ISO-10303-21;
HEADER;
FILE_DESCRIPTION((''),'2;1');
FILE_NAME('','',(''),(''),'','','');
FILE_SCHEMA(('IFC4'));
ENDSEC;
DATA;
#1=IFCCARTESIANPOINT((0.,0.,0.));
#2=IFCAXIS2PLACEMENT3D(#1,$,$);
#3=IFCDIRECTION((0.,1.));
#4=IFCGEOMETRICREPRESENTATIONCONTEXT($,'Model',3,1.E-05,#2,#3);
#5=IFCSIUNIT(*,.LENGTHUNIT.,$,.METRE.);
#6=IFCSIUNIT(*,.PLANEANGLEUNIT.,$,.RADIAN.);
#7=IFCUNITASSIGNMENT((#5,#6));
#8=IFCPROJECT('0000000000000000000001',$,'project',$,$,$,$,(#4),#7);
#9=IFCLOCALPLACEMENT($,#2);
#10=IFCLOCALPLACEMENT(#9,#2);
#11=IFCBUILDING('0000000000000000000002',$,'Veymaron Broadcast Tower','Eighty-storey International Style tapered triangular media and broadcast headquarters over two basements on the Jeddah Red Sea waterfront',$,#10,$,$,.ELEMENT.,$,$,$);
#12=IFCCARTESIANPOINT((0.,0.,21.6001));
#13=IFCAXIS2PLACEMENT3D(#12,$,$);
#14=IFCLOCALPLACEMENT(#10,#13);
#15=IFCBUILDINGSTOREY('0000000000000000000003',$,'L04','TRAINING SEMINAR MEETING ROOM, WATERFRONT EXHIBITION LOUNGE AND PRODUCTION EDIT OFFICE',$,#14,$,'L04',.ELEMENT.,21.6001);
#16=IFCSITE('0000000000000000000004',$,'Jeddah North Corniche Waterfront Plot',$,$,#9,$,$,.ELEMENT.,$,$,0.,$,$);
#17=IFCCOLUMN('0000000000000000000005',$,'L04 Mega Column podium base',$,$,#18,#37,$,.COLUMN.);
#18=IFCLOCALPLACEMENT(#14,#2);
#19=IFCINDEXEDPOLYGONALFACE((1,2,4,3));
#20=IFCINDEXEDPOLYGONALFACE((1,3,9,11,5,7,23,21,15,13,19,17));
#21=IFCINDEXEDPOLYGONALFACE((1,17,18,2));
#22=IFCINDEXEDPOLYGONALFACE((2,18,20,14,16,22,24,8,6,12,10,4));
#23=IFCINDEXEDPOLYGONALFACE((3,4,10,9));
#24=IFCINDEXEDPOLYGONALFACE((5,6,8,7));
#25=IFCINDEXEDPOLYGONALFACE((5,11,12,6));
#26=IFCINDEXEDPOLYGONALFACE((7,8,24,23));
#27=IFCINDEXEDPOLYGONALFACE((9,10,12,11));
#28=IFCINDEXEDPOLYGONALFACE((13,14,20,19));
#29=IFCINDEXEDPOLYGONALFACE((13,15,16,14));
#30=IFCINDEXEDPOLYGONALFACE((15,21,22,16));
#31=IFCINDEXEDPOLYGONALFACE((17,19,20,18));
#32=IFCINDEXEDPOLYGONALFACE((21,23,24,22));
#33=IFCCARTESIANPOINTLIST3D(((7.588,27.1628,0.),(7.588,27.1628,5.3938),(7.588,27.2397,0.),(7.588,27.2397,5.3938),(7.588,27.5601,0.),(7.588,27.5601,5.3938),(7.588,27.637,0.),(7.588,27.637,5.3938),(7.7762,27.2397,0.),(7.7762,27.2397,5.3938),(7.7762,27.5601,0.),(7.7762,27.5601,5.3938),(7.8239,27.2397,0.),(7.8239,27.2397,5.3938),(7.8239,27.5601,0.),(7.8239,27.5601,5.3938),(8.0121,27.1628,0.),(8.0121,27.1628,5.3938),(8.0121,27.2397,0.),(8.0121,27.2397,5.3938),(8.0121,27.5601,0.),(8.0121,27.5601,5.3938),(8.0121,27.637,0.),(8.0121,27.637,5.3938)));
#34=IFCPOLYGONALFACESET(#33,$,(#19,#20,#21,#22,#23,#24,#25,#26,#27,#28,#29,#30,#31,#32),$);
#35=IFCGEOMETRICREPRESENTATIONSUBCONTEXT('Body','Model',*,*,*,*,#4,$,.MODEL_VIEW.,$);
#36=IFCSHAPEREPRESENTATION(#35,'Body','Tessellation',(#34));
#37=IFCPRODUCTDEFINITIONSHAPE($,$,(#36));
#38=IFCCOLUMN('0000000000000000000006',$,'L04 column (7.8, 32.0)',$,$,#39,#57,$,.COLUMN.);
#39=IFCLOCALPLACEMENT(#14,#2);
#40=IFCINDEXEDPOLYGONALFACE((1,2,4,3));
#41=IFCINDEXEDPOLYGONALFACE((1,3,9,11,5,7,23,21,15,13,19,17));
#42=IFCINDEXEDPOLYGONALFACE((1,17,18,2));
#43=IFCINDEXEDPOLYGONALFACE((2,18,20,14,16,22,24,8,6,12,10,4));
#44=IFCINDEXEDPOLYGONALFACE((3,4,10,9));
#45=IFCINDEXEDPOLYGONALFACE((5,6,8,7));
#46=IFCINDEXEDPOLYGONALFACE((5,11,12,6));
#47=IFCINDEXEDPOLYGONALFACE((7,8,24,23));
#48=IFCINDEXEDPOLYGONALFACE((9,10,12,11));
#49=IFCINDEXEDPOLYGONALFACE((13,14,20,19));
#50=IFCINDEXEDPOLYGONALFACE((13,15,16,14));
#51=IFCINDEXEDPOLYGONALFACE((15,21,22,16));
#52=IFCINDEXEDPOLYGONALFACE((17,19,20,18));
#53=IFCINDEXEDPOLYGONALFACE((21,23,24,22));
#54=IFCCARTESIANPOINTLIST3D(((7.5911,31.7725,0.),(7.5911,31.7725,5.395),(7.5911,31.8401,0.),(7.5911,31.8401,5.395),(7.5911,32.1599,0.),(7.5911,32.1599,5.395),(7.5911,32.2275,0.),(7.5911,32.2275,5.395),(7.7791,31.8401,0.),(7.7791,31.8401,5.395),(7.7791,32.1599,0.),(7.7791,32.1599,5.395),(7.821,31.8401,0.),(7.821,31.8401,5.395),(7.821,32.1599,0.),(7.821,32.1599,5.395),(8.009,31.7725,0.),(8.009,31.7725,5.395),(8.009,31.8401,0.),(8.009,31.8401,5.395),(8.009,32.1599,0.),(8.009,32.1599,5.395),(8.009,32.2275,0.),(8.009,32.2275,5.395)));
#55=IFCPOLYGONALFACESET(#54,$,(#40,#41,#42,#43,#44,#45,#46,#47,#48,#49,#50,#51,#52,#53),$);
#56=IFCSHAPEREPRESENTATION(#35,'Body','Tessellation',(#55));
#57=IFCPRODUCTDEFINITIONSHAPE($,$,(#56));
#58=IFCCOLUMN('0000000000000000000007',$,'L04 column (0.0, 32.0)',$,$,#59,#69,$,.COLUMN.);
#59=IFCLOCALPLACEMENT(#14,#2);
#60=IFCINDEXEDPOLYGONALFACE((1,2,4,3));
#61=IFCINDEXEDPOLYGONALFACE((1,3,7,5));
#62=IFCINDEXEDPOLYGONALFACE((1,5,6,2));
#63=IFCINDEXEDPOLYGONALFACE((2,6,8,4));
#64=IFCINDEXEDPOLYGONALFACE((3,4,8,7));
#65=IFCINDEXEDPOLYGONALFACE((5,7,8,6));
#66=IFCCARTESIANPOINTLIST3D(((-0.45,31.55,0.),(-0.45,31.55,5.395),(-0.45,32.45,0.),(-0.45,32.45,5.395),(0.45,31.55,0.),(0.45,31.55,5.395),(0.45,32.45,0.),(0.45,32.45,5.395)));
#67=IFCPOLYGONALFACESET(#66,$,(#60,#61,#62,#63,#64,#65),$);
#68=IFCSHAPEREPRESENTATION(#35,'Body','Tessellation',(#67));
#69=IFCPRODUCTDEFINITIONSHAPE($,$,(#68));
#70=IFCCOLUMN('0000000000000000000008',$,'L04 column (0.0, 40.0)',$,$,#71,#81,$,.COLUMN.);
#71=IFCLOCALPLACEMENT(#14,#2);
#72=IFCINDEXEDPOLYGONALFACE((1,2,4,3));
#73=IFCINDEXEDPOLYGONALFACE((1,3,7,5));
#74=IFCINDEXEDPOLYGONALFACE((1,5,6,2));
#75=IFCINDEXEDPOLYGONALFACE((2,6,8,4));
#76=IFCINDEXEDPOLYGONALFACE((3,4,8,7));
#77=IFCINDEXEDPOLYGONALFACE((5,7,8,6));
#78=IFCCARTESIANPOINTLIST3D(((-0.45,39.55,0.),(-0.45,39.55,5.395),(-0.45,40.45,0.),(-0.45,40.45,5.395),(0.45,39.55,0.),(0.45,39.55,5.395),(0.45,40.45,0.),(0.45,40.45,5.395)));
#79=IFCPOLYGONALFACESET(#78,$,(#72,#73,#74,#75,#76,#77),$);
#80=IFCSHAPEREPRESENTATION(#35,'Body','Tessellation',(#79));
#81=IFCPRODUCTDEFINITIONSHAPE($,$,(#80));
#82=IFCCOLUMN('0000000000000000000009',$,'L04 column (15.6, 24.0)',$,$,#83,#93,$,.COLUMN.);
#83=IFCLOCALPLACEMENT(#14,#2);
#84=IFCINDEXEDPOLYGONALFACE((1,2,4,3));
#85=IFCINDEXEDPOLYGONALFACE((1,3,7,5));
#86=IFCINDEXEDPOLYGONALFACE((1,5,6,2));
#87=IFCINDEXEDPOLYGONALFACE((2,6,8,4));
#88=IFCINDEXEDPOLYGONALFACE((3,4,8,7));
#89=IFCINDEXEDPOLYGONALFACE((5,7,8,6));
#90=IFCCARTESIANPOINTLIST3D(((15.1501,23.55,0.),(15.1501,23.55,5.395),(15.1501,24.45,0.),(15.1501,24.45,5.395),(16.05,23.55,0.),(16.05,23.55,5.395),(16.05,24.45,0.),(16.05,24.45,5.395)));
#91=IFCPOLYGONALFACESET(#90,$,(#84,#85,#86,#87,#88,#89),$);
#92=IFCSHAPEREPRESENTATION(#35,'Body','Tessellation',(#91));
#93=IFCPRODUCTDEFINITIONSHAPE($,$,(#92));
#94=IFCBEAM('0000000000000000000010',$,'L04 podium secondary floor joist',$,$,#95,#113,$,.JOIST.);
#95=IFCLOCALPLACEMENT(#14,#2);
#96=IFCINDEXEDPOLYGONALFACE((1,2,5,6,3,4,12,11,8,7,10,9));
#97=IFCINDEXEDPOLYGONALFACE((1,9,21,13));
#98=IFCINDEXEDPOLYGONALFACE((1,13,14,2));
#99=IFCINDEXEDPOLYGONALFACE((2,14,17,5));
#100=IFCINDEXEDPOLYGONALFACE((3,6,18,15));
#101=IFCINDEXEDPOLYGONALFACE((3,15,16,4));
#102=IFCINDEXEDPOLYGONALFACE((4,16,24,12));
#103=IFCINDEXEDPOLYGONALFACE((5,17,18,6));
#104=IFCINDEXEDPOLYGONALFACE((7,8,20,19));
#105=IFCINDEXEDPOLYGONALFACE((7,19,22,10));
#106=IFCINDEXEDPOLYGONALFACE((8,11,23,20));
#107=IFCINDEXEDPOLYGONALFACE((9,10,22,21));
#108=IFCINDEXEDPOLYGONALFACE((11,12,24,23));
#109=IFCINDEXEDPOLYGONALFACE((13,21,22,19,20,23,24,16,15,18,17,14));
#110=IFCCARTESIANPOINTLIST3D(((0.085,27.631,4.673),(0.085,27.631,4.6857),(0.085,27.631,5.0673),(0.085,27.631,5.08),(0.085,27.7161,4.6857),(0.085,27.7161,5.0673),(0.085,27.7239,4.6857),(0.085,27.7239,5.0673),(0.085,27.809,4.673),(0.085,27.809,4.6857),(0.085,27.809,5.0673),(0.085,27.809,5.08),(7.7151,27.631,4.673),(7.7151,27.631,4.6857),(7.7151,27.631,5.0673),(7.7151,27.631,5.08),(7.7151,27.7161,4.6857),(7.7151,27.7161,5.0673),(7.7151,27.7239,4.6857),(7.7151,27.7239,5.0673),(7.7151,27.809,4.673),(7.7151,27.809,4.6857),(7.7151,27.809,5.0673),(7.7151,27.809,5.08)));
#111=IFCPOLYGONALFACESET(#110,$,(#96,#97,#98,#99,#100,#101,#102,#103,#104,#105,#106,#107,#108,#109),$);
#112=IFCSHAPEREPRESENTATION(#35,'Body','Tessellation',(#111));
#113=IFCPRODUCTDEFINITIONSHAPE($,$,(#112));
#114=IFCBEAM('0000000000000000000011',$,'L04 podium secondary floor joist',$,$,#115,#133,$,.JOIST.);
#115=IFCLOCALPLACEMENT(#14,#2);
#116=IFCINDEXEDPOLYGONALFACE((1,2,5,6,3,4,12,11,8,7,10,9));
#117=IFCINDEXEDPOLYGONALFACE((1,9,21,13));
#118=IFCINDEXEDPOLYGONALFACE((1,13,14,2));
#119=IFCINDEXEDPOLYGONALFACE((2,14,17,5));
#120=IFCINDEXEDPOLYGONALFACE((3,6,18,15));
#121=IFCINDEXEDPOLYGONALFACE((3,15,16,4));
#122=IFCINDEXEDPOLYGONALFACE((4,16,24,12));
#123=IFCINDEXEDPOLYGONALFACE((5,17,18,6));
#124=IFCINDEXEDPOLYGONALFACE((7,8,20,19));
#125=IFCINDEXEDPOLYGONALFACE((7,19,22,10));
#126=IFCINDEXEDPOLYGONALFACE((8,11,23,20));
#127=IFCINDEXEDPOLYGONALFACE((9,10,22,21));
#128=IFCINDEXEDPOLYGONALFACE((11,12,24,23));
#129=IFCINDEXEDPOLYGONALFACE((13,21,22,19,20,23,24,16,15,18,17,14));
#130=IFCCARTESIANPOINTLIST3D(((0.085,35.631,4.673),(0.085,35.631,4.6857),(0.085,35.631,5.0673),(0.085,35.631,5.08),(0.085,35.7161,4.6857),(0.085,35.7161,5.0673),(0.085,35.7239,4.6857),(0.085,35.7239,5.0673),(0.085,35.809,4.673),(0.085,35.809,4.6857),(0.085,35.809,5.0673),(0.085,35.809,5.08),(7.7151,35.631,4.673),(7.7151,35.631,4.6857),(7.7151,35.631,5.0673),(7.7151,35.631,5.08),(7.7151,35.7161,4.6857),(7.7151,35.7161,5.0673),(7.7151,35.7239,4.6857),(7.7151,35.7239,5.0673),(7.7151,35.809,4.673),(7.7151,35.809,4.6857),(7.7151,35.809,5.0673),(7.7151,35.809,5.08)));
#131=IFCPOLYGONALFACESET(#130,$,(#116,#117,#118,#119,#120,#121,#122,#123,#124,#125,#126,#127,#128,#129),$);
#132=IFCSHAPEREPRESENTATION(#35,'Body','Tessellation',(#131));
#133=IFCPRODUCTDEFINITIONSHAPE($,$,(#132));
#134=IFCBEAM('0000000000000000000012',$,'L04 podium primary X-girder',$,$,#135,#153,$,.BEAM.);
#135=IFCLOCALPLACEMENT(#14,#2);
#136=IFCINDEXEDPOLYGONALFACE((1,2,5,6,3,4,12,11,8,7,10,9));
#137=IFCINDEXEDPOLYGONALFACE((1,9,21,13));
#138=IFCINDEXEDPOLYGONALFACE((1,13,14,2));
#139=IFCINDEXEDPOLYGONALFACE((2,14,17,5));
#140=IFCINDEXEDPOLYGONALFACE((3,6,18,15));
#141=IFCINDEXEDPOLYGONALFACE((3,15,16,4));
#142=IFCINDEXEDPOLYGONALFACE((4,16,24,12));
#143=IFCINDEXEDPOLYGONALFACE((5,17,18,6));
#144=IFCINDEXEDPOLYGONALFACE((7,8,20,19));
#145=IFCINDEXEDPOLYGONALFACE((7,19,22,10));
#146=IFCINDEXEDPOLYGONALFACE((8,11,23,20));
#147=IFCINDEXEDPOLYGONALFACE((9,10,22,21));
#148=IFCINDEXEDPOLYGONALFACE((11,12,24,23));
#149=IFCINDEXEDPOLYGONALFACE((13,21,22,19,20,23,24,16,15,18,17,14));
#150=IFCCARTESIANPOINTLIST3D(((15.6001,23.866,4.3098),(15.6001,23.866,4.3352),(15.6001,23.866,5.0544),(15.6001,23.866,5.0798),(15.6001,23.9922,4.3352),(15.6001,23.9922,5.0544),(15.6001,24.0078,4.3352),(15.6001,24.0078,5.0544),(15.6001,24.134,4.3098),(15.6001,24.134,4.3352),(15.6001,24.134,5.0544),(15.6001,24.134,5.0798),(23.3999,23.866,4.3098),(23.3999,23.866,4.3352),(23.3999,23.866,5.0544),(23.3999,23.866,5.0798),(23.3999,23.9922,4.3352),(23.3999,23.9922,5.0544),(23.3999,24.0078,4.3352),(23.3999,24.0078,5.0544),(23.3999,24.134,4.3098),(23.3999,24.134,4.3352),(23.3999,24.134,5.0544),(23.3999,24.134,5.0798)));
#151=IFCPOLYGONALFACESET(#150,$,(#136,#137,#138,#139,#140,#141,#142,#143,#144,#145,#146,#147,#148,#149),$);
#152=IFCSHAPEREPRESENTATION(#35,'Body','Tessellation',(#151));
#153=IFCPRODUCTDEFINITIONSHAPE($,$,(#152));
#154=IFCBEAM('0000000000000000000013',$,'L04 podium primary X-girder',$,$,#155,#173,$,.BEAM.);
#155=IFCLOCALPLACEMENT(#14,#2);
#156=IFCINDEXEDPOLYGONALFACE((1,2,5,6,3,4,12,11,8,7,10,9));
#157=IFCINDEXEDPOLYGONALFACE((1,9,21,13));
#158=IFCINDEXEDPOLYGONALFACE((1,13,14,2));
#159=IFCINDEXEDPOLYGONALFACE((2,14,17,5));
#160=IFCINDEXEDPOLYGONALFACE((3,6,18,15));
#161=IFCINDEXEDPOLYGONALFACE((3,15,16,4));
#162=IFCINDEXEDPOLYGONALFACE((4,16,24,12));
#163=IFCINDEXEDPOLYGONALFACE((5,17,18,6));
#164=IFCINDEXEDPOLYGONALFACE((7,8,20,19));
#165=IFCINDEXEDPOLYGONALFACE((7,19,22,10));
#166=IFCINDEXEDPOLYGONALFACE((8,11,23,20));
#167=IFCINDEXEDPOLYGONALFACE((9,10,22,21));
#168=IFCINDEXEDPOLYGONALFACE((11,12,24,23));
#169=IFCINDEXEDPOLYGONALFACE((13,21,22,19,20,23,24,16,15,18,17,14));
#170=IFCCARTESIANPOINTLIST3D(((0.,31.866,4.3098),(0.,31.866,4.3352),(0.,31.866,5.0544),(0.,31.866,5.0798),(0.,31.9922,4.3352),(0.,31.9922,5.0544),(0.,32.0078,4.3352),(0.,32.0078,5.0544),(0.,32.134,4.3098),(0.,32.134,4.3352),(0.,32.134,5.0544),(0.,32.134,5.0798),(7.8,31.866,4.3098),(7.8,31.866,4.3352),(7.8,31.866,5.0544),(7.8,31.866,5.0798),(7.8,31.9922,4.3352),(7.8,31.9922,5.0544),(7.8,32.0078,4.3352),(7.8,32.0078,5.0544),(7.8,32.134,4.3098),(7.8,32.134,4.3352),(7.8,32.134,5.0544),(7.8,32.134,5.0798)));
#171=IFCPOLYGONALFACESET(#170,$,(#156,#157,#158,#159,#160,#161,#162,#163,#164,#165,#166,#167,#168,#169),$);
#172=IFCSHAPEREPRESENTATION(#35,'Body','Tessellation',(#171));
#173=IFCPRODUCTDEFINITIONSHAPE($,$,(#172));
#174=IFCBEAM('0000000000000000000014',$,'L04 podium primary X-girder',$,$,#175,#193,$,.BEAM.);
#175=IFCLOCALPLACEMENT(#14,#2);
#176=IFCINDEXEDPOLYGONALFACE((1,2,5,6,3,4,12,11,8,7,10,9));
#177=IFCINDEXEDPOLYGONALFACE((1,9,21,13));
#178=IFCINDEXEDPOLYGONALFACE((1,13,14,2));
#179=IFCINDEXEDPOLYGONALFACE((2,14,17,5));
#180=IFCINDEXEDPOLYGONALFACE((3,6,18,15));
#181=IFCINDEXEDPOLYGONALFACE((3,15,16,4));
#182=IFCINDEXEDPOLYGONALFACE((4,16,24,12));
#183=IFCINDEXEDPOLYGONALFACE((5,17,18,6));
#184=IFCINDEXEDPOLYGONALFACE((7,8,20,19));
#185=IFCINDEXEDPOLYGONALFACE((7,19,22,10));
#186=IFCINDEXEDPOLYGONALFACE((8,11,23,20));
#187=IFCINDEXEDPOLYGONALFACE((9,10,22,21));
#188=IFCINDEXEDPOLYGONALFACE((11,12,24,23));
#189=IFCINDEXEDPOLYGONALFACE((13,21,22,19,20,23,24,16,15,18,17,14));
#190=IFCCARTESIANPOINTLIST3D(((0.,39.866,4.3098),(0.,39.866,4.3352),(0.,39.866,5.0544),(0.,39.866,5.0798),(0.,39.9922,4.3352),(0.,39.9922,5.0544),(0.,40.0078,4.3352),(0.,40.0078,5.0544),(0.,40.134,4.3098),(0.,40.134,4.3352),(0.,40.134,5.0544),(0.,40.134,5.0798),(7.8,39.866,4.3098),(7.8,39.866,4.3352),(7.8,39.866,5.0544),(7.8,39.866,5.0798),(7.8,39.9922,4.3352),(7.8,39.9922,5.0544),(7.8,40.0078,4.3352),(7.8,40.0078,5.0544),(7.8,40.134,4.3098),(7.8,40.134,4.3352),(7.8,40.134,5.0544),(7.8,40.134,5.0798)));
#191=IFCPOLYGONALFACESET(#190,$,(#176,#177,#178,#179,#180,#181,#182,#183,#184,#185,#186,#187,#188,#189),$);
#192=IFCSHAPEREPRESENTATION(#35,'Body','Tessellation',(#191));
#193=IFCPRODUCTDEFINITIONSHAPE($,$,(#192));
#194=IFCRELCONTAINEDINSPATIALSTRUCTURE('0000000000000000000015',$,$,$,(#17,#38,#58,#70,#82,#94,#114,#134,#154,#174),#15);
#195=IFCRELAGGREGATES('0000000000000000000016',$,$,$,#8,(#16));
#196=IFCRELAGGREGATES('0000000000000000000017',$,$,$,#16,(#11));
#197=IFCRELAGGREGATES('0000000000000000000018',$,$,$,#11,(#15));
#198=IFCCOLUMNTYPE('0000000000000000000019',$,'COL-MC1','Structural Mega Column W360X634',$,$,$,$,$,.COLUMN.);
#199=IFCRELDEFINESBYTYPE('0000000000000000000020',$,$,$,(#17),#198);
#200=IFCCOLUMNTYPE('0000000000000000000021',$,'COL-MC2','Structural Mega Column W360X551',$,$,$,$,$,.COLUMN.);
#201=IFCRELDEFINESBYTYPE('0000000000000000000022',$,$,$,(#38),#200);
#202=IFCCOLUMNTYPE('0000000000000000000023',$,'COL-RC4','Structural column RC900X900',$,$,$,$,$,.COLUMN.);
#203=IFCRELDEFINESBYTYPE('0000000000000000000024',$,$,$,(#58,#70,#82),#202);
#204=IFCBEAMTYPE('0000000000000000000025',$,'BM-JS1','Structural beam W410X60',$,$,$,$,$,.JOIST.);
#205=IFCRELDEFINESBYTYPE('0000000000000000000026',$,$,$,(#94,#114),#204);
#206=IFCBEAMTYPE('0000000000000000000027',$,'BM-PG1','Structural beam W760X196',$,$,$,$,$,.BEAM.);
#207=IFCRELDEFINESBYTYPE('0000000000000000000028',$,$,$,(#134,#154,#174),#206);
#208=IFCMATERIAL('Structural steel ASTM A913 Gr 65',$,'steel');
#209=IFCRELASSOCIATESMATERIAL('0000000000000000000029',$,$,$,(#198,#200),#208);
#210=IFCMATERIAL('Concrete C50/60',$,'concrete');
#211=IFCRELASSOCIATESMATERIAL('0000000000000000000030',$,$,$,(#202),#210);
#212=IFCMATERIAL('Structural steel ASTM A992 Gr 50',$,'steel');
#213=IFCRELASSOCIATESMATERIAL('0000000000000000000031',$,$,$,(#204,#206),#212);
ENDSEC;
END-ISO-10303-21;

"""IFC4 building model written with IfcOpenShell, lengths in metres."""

from ifc_helpers import new_model, si_unit, direction, frame, origin, origin_2d, place, context, subcontext, project, spatial, rectangle, i_section, extrude, material, material_profile, profile_set, type_object, element, save


model = new_model("IFC4")

# Units and contexts
model_context = context("Model", 3, precision=1e-05, world=origin(), true_north=direction((0.0, 1.0)))
body_context = subcontext(model_context, "Body", "Model", "MODEL_VIEW")
ifc_project = project(units=[si_unit("LENGTHUNIT", "METRE"), si_unit("PLANEANGLEUNIT", "RADIAN")], contexts=[model_context])

# Site, building, storey
site_placement = place(None, origin())
site = spatial("IfcSite", under=ifc_project, at=site_placement, Name="Jeddah North Corniche Waterfront Plot", CompositionType="ELEMENT", RefElevation=0.0)
building_placement = place(site_placement, origin())
building = spatial("IfcBuilding", under=site, at=building_placement, Name="Veymaron Broadcast Tower", Description="Eighty-storey International Style tapered triangular media and broadcast headquarters over two basements on the Jeddah Red Sea waterfront", CompositionType="ELEMENT")
storey_placement = place(building_placement, frame((0.0, 0.0, 21.6001)))
storey = spatial("IfcBuildingStorey", under=building, at=storey_placement, Name="L04", Description="TRAINING SEMINAR MEETING ROOM, WATERFRONT EXHIBITION LOUNGE AND PRODUCTION EDIT OFFICE", LongName="L04", CompositionType="ELEMENT", Elevation=21.6001)

# Columns
ifc_material_1 = material(Name="Structural steel ASTM A913 Gr 65", Category="steel")
ifc_material_profile_1 = material_profile(ifc_material_1, i_section(OverallWidth=0.4241, OverallDepth=0.4741, WebThickness=0.0476, FlangeThickness=0.0769, at=origin_2d()), Name="W360X634")
ifc_profile_set_1 = profile_set([ifc_material_profile_1], Name="Structural steel ASTM A913 Gr 65")
column_type_1 = type_object("IfcColumnType", Name="COL-MC1", Description="Structural Mega Column W360X634", PredefinedType="COLUMN", material=ifc_profile_set_1)
column_1_placement = place(storey_placement, frame((7.8, 27.3999, 0.0), z_axis=(0.0, 0.0, 1.0), x_axis=(1.0, 0.0, 0.0)))
element("IfcColumn", 1, at=column_1_placement, inside=storey, type_object=column_type_1, Name="L04 Mega Column podium base", PredefinedType="COLUMN", context=body_context, shape_type="SweptSolid", body=[
    extrude(i_section(OverallWidth=0.4241, OverallDepth=0.4741, WebThickness=0.0476, FlangeThickness=0.0769, at=origin_2d()), origin(), (0.0, 0.0, 1.0), 5.3938),
])
ifc_material_profile_2 = material_profile(ifc_material_1, i_section(OverallWidth=0.418, OverallDepth=0.4551, WebThickness=0.042, FlangeThickness=0.0676, at=origin_2d()), Name="W360X551")
ifc_profile_set_2 = profile_set([ifc_material_profile_2], Name="Structural steel ASTM A913 Gr 65")
column_type_2 = type_object("IfcColumnType", Name="COL-MC2", Description="Structural Mega Column W360X551", PredefinedType="COLUMN", material=ifc_profile_set_2)
column_2_placement = place(storey_placement, frame((7.8, 32.0, 0.0), z_axis=(0.0, 0.0, 1.0), x_axis=(1.0, 0.0, 0.0)))
element("IfcColumn", 2, at=column_2_placement, inside=storey, type_object=column_type_2, Name="L04 column (7.8, 32.0)", PredefinedType="COLUMN", context=body_context, shape_type="SweptSolid", body=[
    extrude(i_section(OverallWidth=0.418, OverallDepth=0.4551, WebThickness=0.042, FlangeThickness=0.0676, at=origin_2d()), origin(), (0.0, 0.0, 1.0), 5.395),
])
ifc_material_2 = material(Name="Concrete C50/60", Category="concrete")
ifc_material_profile_3 = material_profile(ifc_material_2, rectangle(XDim=0.8999, YDim=0.8999, at=origin_2d()), Name="RC900X900")
ifc_profile_set_3 = profile_set([ifc_material_profile_3], Name="Concrete C50/60")
column_type_3 = type_object("IfcColumnType", Name="COL-RC4", Description="Structural column RC900X900", PredefinedType="COLUMN", material=ifc_profile_set_3)
for number, where, z_axis, x_axis, name in (
    (3, (0.0, 32.0, 0.0), (0.0, 0.0, 1.0), (1.0, 0.0, 0.0), "L04 column (0.0, 32.0)"),
    (4, (0.0, 40.0, 0.0), (0.0, 0.0, 1.0), (1.0, 0.0, 0.0), "L04 column (0.0, 40.0)"),
    (5, (15.6001, 24.0, 0.0), (0.0, 0.0, 1.0), (1.0, 0.0, 0.0), "L04 column (15.6, 24.0)"),
):
    element("IfcColumn", number, at=place(storey_placement, frame(where, z_axis=z_axis, x_axis=x_axis)), inside=storey, type_object=column_type_3, Name=name, PredefinedType="COLUMN", context=body_context, shape_type="SweptSolid", body=[
        extrude(rectangle(XDim=0.8999, YDim=0.8999, at=origin_2d()), origin(), (0.0, 0.0, 1.0), 5.395),
    ])

# Beams
ifc_material_3 = material(Name="Structural steel ASTM A992 Gr 50", Category="steel")
ifc_material_profile_4 = material_profile(ifc_material_3, i_section(OverallWidth=0.178, OverallDepth=0.407, WebThickness=0.0078, FlangeThickness=0.0127, at=origin_2d()), Name="W410X60")
ifc_profile_set_4 = profile_set([ifc_material_profile_4], Name="Structural steel ASTM A992 Gr 50")
beam_type_1 = type_object("IfcBeamType", Name="BM-JS1", Description="Structural beam W410X60", PredefinedType="JOIST", material=ifc_profile_set_4)
for number, where, z_axis, x_axis, name in (
    (6, (0.085, 27.72, 4.8765), (1.0, 0.0, 0.0), (0.0, 1.0, 0.0), "L04 podium secondary floor joist"),
    (7, (0.085, 35.72, 4.8765), (1.0, 0.0, 0.0), (0.0, 1.0, 0.0), "L04 podium secondary floor joist"),
):
    element("IfcBeam", number, at=place(storey_placement, frame(where, z_axis=z_axis, x_axis=x_axis)), inside=storey, type_object=beam_type_1, Name=name, PredefinedType="JOIST", context=body_context, shape_type="SweptSolid", body=[
        extrude(i_section(OverallWidth=0.178, OverallDepth=0.407, WebThickness=0.0078, FlangeThickness=0.0127, at=origin_2d()), origin(), (0.0, 0.0, 1.0), 7.6301),
    ])
ifc_material_profile_5 = material_profile(ifc_material_3, i_section(OverallWidth=0.2681, OverallDepth=0.77, WebThickness=0.0156, FlangeThickness=0.0254, at=origin_2d()), Name="W760X196")
ifc_profile_set_5 = profile_set([ifc_material_profile_5], Name="Structural steel ASTM A992 Gr 50")
beam_type_2 = type_object("IfcBeamType", Name="BM-PG1", Description="Structural beam W760X196", PredefinedType="BEAM", material=ifc_profile_set_5)
beam_1_placement = place(storey_placement, frame((15.6001, 24.0, 4.6948), z_axis=(1.0, 0.0, 0.0), x_axis=(0.0, 1.0, 0.0)))
element("IfcBeam", 8, at=beam_1_placement, inside=storey, type_object=beam_type_2, Name="L04 podium primary X-girder", PredefinedType="BEAM", context=body_context, shape_type="SweptSolid", body=[
    extrude(i_section(OverallWidth=0.2681, OverallDepth=0.77, WebThickness=0.0156, FlangeThickness=0.0254, at=origin_2d()), origin(), (0.0, 0.0, 1.0), 7.7998),
])
for number, where, z_axis, x_axis, name in (
    (9, (0.0, 32.0, 4.6948), (1.0, 0.0, 0.0), (0.0, 1.0, 0.0), "L04 podium primary X-girder"),
    (10, (0.0, 40.0, 4.6948), (1.0, 0.0, 0.0), (0.0, 1.0, 0.0), "L04 podium primary X-girder"),
):
    element("IfcBeam", number, at=place(storey_placement, frame(where, z_axis=z_axis, x_axis=x_axis)), inside=storey, type_object=beam_type_2, Name=name, PredefinedType="BEAM", context=body_context, shape_type="SweptSolid", body=[
        extrude(i_section(OverallWidth=0.2681, OverallDepth=0.77, WebThickness=0.0156, FlangeThickness=0.0254, at=origin_2d()), origin(), (0.0, 0.0, 1.0), 7.8),
    ])

save(model, "model.ifc")
